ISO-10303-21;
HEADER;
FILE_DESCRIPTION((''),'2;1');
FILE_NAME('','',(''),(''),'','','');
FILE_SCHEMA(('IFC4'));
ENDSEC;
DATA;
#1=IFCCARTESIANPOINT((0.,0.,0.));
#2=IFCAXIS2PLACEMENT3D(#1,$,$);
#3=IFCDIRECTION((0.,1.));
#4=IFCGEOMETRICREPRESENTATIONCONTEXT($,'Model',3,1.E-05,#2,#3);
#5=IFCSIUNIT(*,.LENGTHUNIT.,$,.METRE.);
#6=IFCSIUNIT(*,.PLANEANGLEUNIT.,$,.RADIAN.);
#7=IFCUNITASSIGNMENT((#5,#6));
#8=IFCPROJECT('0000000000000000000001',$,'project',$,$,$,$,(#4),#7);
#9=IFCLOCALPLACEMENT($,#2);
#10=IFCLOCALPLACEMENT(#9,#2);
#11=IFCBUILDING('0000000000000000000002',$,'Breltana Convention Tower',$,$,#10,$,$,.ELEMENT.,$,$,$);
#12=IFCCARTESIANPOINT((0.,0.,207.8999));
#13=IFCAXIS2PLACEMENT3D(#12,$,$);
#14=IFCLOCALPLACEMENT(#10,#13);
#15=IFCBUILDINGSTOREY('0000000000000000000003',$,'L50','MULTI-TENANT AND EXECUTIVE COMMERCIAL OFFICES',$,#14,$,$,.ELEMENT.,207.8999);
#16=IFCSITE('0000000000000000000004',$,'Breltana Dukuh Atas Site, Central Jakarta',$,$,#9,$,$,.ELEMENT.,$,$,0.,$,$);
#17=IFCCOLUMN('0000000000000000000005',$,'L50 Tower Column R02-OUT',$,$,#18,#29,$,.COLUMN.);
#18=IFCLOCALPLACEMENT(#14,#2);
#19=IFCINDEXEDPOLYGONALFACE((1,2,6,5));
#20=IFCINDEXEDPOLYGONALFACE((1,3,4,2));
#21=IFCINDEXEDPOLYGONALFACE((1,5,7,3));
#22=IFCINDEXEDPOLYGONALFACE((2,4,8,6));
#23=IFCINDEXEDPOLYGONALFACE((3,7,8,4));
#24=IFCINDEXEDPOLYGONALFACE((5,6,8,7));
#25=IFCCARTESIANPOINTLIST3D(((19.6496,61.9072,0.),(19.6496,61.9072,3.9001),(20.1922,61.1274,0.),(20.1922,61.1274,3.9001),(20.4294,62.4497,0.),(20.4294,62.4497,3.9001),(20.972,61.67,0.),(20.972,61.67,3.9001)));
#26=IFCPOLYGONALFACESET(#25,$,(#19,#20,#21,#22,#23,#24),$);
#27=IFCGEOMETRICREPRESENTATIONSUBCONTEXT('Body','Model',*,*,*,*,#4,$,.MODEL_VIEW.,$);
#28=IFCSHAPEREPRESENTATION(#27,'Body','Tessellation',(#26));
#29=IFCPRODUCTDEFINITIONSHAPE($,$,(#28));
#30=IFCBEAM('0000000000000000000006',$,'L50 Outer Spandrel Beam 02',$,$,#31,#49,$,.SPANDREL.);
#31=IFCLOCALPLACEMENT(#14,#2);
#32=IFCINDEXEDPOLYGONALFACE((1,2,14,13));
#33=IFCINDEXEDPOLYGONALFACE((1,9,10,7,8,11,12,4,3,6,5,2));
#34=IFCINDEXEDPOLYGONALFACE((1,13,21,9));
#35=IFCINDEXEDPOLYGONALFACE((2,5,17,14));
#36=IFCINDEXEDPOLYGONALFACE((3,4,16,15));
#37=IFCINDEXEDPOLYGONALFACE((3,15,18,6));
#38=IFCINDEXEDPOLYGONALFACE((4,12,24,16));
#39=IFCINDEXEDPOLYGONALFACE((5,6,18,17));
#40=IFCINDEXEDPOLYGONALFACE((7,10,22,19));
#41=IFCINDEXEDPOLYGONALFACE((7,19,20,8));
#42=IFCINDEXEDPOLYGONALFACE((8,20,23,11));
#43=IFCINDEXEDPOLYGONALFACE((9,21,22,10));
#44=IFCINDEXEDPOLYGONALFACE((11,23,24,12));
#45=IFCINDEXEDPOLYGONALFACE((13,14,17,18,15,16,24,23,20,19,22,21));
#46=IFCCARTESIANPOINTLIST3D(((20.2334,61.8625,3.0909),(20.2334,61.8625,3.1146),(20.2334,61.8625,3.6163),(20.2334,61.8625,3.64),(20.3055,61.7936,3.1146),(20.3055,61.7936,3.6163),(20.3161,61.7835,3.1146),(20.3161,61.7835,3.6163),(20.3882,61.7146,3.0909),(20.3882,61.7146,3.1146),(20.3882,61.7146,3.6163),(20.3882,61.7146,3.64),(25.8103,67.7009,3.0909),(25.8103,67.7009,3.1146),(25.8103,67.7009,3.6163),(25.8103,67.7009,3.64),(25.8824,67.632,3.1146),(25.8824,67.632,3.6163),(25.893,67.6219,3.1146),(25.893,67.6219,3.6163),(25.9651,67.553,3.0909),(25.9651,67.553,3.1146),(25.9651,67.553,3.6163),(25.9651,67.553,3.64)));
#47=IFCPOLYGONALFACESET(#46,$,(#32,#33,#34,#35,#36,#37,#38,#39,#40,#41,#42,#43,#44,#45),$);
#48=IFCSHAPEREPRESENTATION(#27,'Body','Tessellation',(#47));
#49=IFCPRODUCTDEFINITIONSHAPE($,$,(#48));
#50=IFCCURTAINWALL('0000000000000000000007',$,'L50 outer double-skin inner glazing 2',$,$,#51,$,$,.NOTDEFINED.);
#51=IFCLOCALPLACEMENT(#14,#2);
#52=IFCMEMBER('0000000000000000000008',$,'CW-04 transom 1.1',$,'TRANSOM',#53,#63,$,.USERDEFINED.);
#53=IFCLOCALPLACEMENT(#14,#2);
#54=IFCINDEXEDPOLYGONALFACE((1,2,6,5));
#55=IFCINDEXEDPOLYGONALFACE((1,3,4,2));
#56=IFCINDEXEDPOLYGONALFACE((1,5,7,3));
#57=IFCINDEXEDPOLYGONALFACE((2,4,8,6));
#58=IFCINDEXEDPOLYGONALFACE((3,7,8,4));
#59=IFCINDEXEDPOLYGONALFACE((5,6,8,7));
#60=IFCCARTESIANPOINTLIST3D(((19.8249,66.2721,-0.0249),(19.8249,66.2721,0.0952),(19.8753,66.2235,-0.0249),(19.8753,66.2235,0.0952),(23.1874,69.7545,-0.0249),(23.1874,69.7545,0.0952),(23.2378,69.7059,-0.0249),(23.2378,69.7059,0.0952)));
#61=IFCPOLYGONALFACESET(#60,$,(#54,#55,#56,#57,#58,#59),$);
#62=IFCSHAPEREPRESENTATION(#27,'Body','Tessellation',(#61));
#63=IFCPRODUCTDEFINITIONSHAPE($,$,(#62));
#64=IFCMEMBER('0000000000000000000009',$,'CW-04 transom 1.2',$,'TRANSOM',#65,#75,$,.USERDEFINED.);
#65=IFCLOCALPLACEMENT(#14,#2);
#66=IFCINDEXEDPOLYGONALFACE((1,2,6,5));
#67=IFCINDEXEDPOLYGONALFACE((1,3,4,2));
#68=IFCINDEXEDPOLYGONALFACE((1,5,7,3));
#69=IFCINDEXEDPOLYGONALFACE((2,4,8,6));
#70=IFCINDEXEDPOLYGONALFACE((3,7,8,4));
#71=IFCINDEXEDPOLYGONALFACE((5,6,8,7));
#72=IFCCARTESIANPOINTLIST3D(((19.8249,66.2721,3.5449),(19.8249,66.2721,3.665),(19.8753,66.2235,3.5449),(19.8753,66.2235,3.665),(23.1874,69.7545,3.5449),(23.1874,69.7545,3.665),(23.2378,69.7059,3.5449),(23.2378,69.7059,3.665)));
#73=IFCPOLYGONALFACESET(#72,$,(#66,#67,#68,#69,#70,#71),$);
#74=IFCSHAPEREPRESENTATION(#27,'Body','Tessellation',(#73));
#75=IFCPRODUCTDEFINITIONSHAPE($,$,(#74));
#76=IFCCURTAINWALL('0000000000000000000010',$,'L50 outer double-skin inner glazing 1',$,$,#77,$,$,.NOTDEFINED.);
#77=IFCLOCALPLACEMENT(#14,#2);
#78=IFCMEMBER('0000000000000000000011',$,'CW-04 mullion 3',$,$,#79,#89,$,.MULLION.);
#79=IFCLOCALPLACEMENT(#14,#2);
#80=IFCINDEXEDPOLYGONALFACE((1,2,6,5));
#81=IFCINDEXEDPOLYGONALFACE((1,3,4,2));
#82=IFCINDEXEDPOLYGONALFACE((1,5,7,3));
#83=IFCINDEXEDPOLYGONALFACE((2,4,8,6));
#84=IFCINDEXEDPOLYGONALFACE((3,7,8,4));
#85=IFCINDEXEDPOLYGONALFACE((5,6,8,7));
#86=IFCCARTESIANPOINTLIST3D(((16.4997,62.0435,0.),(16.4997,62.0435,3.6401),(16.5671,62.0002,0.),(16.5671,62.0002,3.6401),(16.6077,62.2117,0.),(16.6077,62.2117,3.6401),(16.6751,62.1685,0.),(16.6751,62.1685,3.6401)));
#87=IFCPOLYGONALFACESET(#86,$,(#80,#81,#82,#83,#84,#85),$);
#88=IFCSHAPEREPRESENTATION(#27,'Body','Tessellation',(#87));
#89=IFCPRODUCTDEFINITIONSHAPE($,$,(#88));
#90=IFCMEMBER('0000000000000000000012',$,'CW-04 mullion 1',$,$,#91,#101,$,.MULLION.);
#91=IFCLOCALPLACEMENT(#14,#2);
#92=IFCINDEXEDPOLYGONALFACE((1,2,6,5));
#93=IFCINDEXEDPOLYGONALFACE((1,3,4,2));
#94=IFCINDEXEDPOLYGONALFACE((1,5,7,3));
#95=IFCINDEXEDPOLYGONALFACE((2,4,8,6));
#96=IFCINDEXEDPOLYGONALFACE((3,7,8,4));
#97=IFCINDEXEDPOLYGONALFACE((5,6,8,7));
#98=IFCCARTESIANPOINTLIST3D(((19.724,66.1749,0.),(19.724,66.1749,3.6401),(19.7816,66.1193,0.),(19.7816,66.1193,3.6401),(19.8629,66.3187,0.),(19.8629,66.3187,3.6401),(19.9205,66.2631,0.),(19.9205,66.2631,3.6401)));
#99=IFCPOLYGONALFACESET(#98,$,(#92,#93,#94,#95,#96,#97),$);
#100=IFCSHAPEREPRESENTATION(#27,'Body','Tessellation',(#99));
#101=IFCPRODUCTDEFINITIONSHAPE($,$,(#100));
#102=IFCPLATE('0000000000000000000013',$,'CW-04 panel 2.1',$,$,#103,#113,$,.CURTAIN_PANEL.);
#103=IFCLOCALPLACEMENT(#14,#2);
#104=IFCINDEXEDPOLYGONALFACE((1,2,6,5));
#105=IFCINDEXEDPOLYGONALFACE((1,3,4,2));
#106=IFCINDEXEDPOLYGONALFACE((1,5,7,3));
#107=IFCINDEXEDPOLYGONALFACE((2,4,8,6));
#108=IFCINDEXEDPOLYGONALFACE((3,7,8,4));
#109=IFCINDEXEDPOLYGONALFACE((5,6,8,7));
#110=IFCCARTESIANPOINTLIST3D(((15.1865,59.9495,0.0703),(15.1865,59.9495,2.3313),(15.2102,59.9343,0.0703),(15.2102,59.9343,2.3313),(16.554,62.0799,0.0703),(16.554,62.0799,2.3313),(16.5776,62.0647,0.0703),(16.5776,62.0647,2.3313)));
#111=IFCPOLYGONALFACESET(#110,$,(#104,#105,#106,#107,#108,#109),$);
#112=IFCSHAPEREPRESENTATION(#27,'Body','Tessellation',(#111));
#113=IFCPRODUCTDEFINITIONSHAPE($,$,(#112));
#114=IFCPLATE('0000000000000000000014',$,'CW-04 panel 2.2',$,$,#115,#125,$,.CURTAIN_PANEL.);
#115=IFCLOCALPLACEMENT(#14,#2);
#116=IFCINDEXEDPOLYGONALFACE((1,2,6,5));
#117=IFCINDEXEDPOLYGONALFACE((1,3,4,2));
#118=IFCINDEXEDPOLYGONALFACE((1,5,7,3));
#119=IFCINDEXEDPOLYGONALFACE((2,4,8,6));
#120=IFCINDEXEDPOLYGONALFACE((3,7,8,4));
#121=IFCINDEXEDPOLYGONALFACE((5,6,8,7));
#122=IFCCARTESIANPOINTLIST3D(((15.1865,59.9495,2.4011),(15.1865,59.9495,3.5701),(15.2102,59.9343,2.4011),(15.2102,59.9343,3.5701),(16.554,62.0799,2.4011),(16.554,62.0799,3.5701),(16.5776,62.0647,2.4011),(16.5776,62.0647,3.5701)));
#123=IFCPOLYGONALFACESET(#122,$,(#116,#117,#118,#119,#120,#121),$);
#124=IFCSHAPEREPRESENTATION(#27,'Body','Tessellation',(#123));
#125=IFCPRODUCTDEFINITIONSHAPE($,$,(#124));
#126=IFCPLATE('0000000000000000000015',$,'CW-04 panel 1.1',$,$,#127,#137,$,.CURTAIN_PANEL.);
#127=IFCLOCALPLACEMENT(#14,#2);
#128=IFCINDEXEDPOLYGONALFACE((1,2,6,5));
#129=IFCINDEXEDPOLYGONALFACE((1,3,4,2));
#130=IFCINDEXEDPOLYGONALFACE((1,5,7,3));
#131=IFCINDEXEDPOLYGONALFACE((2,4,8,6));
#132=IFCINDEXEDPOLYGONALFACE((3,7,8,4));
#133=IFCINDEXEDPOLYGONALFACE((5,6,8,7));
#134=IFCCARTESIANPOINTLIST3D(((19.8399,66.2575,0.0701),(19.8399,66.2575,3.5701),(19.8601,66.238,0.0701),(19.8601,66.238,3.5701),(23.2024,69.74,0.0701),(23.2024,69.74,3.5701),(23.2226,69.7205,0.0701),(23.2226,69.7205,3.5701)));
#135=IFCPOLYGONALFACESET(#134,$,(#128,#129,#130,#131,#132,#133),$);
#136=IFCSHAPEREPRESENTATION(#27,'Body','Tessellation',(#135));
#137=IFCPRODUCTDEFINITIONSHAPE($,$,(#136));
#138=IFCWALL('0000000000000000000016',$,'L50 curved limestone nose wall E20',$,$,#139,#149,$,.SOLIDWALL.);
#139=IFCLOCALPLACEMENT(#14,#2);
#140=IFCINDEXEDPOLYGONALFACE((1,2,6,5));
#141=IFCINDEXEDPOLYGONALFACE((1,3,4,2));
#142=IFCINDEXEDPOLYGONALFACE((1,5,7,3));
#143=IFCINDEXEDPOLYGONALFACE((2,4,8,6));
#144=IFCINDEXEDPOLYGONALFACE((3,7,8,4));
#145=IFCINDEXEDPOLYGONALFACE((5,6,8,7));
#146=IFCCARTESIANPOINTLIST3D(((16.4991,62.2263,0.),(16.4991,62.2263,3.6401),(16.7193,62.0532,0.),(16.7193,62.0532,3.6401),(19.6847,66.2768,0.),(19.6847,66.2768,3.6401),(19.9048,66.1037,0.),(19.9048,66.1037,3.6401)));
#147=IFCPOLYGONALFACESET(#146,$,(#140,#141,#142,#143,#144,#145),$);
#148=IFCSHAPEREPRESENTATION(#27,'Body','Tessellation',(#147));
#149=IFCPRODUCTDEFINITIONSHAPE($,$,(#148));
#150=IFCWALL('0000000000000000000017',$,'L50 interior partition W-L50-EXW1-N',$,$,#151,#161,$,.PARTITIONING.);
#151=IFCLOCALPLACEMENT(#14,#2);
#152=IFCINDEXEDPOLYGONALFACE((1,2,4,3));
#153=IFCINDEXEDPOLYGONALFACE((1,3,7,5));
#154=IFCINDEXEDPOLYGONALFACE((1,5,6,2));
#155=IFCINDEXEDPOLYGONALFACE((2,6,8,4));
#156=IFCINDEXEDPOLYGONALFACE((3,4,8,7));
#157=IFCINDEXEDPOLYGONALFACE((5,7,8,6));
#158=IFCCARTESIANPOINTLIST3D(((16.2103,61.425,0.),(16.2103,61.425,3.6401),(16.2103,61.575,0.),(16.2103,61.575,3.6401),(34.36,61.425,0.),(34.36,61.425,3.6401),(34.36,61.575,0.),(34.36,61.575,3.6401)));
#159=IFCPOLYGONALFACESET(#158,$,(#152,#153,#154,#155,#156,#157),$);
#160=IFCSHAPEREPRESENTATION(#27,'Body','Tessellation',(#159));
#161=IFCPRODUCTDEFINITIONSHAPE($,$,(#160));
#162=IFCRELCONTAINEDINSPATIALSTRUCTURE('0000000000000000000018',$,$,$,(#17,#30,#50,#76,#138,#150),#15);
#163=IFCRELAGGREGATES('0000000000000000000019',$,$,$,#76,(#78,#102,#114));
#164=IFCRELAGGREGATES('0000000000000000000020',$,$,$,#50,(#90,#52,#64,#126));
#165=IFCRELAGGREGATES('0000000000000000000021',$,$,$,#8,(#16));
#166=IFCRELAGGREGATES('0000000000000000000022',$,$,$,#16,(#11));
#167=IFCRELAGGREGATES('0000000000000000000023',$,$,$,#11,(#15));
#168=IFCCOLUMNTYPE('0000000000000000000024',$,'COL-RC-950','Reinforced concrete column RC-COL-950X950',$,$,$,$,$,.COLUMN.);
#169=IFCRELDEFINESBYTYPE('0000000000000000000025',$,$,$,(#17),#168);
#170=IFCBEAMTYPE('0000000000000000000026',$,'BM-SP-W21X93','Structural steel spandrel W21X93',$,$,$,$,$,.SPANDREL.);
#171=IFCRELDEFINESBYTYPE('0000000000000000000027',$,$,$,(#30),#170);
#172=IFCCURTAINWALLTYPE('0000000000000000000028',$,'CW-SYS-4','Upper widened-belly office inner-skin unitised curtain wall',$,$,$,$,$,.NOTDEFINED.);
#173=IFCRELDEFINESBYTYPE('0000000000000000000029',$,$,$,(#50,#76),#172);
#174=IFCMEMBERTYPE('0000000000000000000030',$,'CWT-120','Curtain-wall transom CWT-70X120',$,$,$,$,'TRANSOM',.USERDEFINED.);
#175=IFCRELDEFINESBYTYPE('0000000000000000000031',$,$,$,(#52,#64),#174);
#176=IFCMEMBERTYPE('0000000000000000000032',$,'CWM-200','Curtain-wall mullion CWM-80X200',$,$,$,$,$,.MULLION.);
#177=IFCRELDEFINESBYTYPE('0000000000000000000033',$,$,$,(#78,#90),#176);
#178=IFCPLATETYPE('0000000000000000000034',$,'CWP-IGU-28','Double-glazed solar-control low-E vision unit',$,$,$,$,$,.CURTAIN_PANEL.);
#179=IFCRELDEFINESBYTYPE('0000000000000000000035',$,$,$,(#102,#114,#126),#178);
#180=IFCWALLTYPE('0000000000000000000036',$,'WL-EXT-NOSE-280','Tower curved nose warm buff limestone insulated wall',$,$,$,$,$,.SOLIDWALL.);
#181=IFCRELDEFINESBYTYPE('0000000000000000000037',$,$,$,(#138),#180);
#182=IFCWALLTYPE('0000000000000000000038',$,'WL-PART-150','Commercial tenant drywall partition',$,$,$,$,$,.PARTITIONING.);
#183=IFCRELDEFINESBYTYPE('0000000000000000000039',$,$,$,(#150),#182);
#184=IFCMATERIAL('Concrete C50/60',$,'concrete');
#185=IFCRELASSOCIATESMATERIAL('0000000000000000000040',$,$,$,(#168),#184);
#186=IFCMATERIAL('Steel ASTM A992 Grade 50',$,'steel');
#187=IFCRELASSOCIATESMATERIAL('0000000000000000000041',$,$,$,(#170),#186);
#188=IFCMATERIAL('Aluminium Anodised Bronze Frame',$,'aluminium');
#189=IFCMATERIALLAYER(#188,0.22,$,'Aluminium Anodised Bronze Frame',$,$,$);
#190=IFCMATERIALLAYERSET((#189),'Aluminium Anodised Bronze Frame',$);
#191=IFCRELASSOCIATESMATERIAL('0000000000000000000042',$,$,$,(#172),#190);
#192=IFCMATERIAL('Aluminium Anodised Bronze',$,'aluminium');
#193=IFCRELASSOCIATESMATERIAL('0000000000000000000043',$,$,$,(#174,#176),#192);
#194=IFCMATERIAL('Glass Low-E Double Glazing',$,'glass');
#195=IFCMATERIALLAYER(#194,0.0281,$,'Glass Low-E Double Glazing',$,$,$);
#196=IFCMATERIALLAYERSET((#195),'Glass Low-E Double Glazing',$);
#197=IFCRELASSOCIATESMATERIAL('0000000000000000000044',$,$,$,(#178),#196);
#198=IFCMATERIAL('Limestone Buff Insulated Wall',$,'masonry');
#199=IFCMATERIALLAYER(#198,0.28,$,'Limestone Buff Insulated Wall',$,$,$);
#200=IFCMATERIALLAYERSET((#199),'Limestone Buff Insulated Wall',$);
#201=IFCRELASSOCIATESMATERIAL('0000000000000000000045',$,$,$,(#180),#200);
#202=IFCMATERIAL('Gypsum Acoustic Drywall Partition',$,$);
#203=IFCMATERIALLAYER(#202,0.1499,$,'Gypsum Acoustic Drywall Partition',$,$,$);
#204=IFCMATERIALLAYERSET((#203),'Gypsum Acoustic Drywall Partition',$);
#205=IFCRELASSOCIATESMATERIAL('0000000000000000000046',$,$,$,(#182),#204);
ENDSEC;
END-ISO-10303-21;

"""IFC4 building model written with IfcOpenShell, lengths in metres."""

from ifc_helpers import new_model, si_unit, direction, frame, frame_2d, origin, origin_2d, place, context, subcontext, project, spatial, rectangle, i_section, extrude, source, transform, mapped, material, layer, layer_set, material_profile, profile_set, type_object, element, aggregate, save


model = new_model("IFC4")

# Units and contexts
model_context = context("Model", 3, precision=1e-05, world=origin(), true_north=direction((0.0, 1.0)))
body_context = subcontext(model_context, "Body", "Model", "MODEL_VIEW")
ifc_project = project(units=[si_unit("LENGTHUNIT", "METRE"), si_unit("PLANEANGLEUNIT", "RADIAN")], contexts=[model_context])

# Site, building, storey
site_placement = place(None, origin())
site = spatial("IfcSite", under=ifc_project, at=site_placement, Name="Breltana Dukuh Atas Site, Central Jakarta", CompositionType="ELEMENT", RefElevation=0.0)
building_placement = place(site_placement, origin())
building = spatial("IfcBuilding", under=site, at=building_placement, Name="Breltana Convention Tower", CompositionType="ELEMENT")
storey_placement = place(building_placement, frame((0.0, 0.0, 207.8999)))
storey = spatial("IfcBuildingStorey", under=building, at=storey_placement, Name="L50", Description="MULTI-TENANT AND EXECUTIVE COMMERCIAL OFFICES", CompositionType="ELEMENT", Elevation=207.8999)

# Column
ifc_material_1 = material(Name="Concrete C50/60", Category="concrete")
ifc_material_profile_1 = material_profile(ifc_material_1, rectangle(XDim=0.95, YDim=0.95, at=origin_2d()), Name="RC-COL-950X950")
ifc_profile_set_1 = profile_set([ifc_material_profile_1], Name="Concrete C50/60")
column_type = type_object("IfcColumnType", Name="COL-RC-950", Description="Reinforced concrete column RC-COL-950X950", PredefinedType="COLUMN", material=ifc_profile_set_1)
shared_shape_1 = source(origin(), body_context, "Body", "SweptSolid", [
    extrude(rectangle(XDim=0.95, YDim=0.95, at=origin_2d()), origin(), (0.0, 0.0, 1.0), 3.9001),
])
column_placement = place(storey_placement, frame((20.3108, 61.7886, 0.0), z_axis=(0.0, 0.0, 1.0), x_axis=(-0.571143, 0.82085, 0.0)))
element("IfcColumn", 1, at=column_placement, inside=storey, type_object=column_type, Name="L50 Tower Column R02-OUT", PredefinedType="COLUMN", context=body_context, shape_type="MappedRepresentation", body=[
    mapped(shared_shape_1, transform((0.0, 0.0, 0.0), scale=1.0)),
])

# Beam
ifc_material_2 = material(Name="Steel ASTM A992 Grade 50", Category="steel")
ifc_material_profile_2 = material_profile(ifc_material_2, i_section(OverallWidth=0.2141, OverallDepth=0.5491, WebThickness=0.0146, FlangeThickness=0.0237, at=origin_2d()), Name="W21X93")
ifc_profile_set_2 = profile_set([ifc_material_profile_2], Name="Steel ASTM A992 Grade 50")
beam_type = type_object("IfcBeamType", Name="BM-SP-W21X93", Description="Structural steel spandrel W21X93", PredefinedType="SPANDREL", material=ifc_profile_set_2)
shared_shape_2 = source(origin(), body_context, "Body", "SweptSolid", [
    extrude(i_section(OverallWidth=0.2141, OverallDepth=0.5491, WebThickness=0.0146, FlangeThickness=0.0237, at=origin_2d()), origin(), (0.0, 0.0, 1.0), 8.074),
])
beam_placement = place(storey_placement, frame((20.3108, 61.7886, 3.3655), z_axis=(0.690729, 0.723114, 0.0), x_axis=(-0.723114, 0.690729, 0.0)))
element("IfcBeam", 2, at=beam_placement, inside=storey, type_object=beam_type, Name="L50 Outer Spandrel Beam 02", PredefinedType="SPANDREL", context=body_context, shape_type="MappedRepresentation", body=[
    mapped(shared_shape_2, transform((0.0, 0.0, 0.0), scale=1.0)),
])

# Curtain wall, members
ifc_material_3 = material(Name="Aluminium Anodised Bronze Frame", Category="aluminium")
ifc_layer_1 = layer(ifc_material_3, 0.22, Name="Aluminium Anodised Bronze Frame")
ifc_layer_set_1 = layer_set([ifc_layer_1], Name="Aluminium Anodised Bronze Frame")
curtain_wall_type = type_object("IfcCurtainWallType", Name="CW-SYS-4", Description="Upper widened-belly office inner-skin unitised curtain wall", PredefinedType="NOTDEFINED", material=ifc_layer_set_1)
curtain_wall_1_placement = place(storey_placement, origin())
curtain_wall_1 = element("IfcCurtainWall", 3, at=curtain_wall_1_placement, inside=storey, type_object=curtain_wall_type, Name="L50 outer double-skin inner glazing 2", PredefinedType="NOTDEFINED")
ifc_material_4 = material(Name="Aluminium Anodised Bronze", Category="aluminium")
ifc_material_profile_3 = material_profile(ifc_material_4, rectangle(XDim=0.0701, YDim=0.1201, at=origin_2d()), Name="CWT-70X120")
ifc_profile_set_3 = profile_set([ifc_material_profile_3], Name="Aluminium Anodised Bronze")
member_type_1 = type_object("IfcMemberType", Name="CWT-120", Description="Curtain-wall transom CWT-70X120", ElementType="TRANSOM", PredefinedType="USERDEFINED", material=ifc_profile_set_3)
shared_shape_3 = source(origin(), body_context, "Body", "SweptSolid", [
    extrude(rectangle(XDim=0.0701, YDim=0.1201, at=origin_2d()), origin(), (0.0, 0.0, 1.0), 4.8408),
])
member_1_placement = place(storey_placement, frame((19.8501, 66.2478, 0.0352), z_axis=(0.694617, 0.71938, 0.0), x_axis=(-0.71938, 0.694617, 0.0)))
member_1 = element("IfcMember", 4, at=member_1_placement, type_object=member_type_1, Name="CW-04 transom 1.1", ObjectType="TRANSOM", PredefinedType="USERDEFINED", context=body_context, shape_type="MappedRepresentation", body=[
    mapped(shared_shape_3, transform((0.0, 0.0, 0.0), scale=1.0)),
])
member_2_placement = place(storey_placement, frame((19.8501, 66.2478, 3.605), z_axis=(0.694617, 0.71938, 0.0), x_axis=(-0.71938, 0.694617, 0.0)))
member_2 = element("IfcMember", 5, at=member_2_placement, type_object=member_type_1, Name="CW-04 transom 1.2", ObjectType="TRANSOM", PredefinedType="USERDEFINED", context=body_context, shape_type="MappedRepresentation", body=[
    mapped(shared_shape_3, transform((0.0, 0.0, 0.0), scale=1.0)),
])

# Curtain wall, member
curtain_wall_2_placement = place(storey_placement, origin())
curtain_wall_2 = element("IfcCurtainWall", 6, at=curtain_wall_2_placement, inside=storey, type_object=curtain_wall_type, Name="L50 outer double-skin inner glazing 1", PredefinedType="NOTDEFINED")
ifc_material_profile_4 = material_profile(ifc_material_4, rectangle(XDim=0.0801, YDim=0.2, at=origin_2d()), Name="CWM-80X200")
ifc_profile_set_4 = profile_set([ifc_material_profile_4], Name="Aluminium Anodised Bronze")
member_type_2 = type_object("IfcMemberType", Name="CWM-200", Description="Curtain-wall mullion CWM-80X200", PredefinedType="MULLION", material=ifc_profile_set_4)
shared_shape_4 = source(origin(), body_context, "Body", "SweptSolid", [
    extrude(rectangle(XDim=0.0801, YDim=0.2, at=origin_2d()), origin(), (0.0, 0.0, 1.0), 3.6401),
])
member_3_placement = place(storey_placement, frame((16.5874, 62.106, 0.0), z_axis=(0.0, 0.0, 1.0), x_axis=(-0.841548, 0.540182, 0.0)))
member_3 = element("IfcMember", 7, at=member_3_placement, type_object=member_type_2, Name="CW-04 mullion 3", PredefinedType="MULLION", context=body_context, shape_type="MappedRepresentation", body=[
    mapped(shared_shape_4, transform((0.0, 0.0, 0.0), scale=1.0)),
])

# Member
member_4_placement = place(storey_placement, frame((19.8223, 66.219, 0.0), z_axis=(0.0, 0.0, 1.0), x_axis=(-0.719396, 0.6946, 0.0)))
member_4 = element("IfcMember", 8, at=member_4_placement, type_object=member_type_2, Name="CW-04 mullion 1", PredefinedType="MULLION", context=body_context, shape_type="MappedRepresentation", body=[
    mapped(shared_shape_4, transform((0.0, 0.0, 0.0), scale=1.0)),
])

# Plates
ifc_material_5 = material(Name="Glass Low-E Double Glazing", Category="glass")
ifc_layer_2 = layer(ifc_material_5, 0.0281, Name="Glass Low-E Double Glazing")
ifc_layer_set_2 = layer_set([ifc_layer_2], Name="Glass Low-E Double Glazing")
plate_type = type_object("IfcPlateType", Name="CWP-IGU-28", Description="Double-glazed solar-control low-E vision unit", PredefinedType="CURTAIN_PANEL", material=ifc_layer_set_2)
shared_shape_5 = source(origin(), body_context, "Body", "SweptSolid", [
    extrude(rectangle(XDim=2.5315, YDim=0.0281, at=origin_2d()), origin(), (0.0, 0.0, 1.0), 2.261),
])
plate_1_placement = place(storey_placement, frame((15.8821, 61.0071, 0.0703), z_axis=(0.0, 0.0, 1.0), x_axis=(0.540182, 0.841548, 0.0)))
plate_1 = element("IfcPlate", 9, at=plate_1_placement, type_object=plate_type, Name="CW-04 panel 2.1", PredefinedType="CURTAIN_PANEL", context=body_context, shape_type="MappedRepresentation", body=[
    mapped(shared_shape_5, transform((0.0, 0.0, 0.0), scale=1.0)),
])
shared_shape_6 = source(origin(), body_context, "Body", "SweptSolid", [
    extrude(rectangle(XDim=2.5315, YDim=0.0281, at=origin_2d()), origin(), (0.0, 0.0, 1.0), 1.1689),
])
plate_2_placement = place(storey_placement, frame((15.8821, 61.0071, 2.4011), z_axis=(0.0, 0.0, 1.0), x_axis=(0.540182, 0.841548, 0.0)))
plate_2 = element("IfcPlate", 10, at=plate_2_placement, type_object=plate_type, Name="CW-04 panel 2.2", PredefinedType="CURTAIN_PANEL", context=body_context, shape_type="MappedRepresentation", body=[
    mapped(shared_shape_6, transform((0.0, 0.0, 0.0), scale=1.0)),
])
aggregate(curtain_wall_2, [member_3, plate_1, plate_2])
shared_shape_7 = source(origin(), body_context, "Body", "SweptSolid", [
    extrude(rectangle(XDim=4.8408, YDim=0.0281, at=origin_2d()), origin(), (0.0, 0.0, 1.0), 3.5),
])
plate_3_placement = place(storey_placement, frame((21.5312, 67.989, 0.0701), z_axis=(0.0, 0.0, 1.0), x_axis=(0.6946, 0.719396, 0.0)))
plate_3 = element("IfcPlate", 11, at=plate_3_placement, type_object=plate_type, Name="CW-04 panel 1.1", PredefinedType="CURTAIN_PANEL", context=body_context, shape_type="MappedRepresentation", body=[
    mapped(shared_shape_7, transform((0.0, 0.0, 0.0), scale=1.0)),
])
aggregate(curtain_wall_1, [member_4, member_1, member_2, plate_3])

# Walls
ifc_material_6 = material(Name="Limestone Buff Insulated Wall", Category="masonry")
ifc_layer_3 = layer(ifc_material_6, 0.28, Name="Limestone Buff Insulated Wall")
ifc_layer_set_3 = layer_set([ifc_layer_3], Name="Limestone Buff Insulated Wall")
wall_type_1 = type_object("IfcWallType", Name="WL-EXT-NOSE-280", Description="Tower curved nose warm buff limestone insulated wall", PredefinedType="SOLIDWALL", material=ifc_layer_set_3)
shared_shape_8 = source(origin(), body_context, "Body", "SweptSolid", [
    extrude(rectangle(XDim=5.1531, YDim=0.28, at=frame_2d((2.5767, 0.0))), origin(), (0.0, 0.0, 1.0), 3.6401),
])
wall_1_placement = place(storey_placement, frame((16.6091, 62.1396, 0.0), z_axis=(0.0, 0.0, 1.0), x_axis=(0.618179, 0.786037, 0.0)))
element("IfcWall", 12, at=wall_1_placement, inside=storey, type_object=wall_type_1, Name="L50 curved limestone nose wall E20", PredefinedType="SOLIDWALL", context=body_context, shape_type="MappedRepresentation", body=[
    mapped(shared_shape_8, transform((0.0, 0.0, 0.0), scale=1.0)),
])
ifc_material_7 = material(Name="Gypsum Acoustic Drywall Partition")
ifc_layer_4 = layer(ifc_material_7, 0.1499, Name="Gypsum Acoustic Drywall Partition")
ifc_layer_set_4 = layer_set([ifc_layer_4], Name="Gypsum Acoustic Drywall Partition")
wall_type_2 = type_object("IfcWallType", Name="WL-PART-150", Description="Commercial tenant drywall partition", PredefinedType="PARTITIONING", material=ifc_layer_set_4)
shared_shape_9 = source(origin(), body_context, "Body", "SweptSolid", [
    extrude(rectangle(XDim=18.1497, YDim=0.1499, at=frame_2d((9.0747, 0.0))), origin(), (0.0, 0.0, 1.0), 3.6401),
])
wall_2_placement = place(storey_placement, frame((16.2104, 61.5, 0.0), z_axis=(0.0, 0.0, 1.0), x_axis=(1.0, 0.0, 0.0)))
element("IfcWall", 13, at=wall_2_placement, inside=storey, type_object=wall_type_2, Name="L50 interior partition W-L50-EXW1-N", PredefinedType="PARTITIONING", context=body_context, shape_type="MappedRepresentation", body=[
    mapped(shared_shape_9, transform((0.0, 0.0, 0.0), scale=1.0)),
])

save(model, "model.ifc")
